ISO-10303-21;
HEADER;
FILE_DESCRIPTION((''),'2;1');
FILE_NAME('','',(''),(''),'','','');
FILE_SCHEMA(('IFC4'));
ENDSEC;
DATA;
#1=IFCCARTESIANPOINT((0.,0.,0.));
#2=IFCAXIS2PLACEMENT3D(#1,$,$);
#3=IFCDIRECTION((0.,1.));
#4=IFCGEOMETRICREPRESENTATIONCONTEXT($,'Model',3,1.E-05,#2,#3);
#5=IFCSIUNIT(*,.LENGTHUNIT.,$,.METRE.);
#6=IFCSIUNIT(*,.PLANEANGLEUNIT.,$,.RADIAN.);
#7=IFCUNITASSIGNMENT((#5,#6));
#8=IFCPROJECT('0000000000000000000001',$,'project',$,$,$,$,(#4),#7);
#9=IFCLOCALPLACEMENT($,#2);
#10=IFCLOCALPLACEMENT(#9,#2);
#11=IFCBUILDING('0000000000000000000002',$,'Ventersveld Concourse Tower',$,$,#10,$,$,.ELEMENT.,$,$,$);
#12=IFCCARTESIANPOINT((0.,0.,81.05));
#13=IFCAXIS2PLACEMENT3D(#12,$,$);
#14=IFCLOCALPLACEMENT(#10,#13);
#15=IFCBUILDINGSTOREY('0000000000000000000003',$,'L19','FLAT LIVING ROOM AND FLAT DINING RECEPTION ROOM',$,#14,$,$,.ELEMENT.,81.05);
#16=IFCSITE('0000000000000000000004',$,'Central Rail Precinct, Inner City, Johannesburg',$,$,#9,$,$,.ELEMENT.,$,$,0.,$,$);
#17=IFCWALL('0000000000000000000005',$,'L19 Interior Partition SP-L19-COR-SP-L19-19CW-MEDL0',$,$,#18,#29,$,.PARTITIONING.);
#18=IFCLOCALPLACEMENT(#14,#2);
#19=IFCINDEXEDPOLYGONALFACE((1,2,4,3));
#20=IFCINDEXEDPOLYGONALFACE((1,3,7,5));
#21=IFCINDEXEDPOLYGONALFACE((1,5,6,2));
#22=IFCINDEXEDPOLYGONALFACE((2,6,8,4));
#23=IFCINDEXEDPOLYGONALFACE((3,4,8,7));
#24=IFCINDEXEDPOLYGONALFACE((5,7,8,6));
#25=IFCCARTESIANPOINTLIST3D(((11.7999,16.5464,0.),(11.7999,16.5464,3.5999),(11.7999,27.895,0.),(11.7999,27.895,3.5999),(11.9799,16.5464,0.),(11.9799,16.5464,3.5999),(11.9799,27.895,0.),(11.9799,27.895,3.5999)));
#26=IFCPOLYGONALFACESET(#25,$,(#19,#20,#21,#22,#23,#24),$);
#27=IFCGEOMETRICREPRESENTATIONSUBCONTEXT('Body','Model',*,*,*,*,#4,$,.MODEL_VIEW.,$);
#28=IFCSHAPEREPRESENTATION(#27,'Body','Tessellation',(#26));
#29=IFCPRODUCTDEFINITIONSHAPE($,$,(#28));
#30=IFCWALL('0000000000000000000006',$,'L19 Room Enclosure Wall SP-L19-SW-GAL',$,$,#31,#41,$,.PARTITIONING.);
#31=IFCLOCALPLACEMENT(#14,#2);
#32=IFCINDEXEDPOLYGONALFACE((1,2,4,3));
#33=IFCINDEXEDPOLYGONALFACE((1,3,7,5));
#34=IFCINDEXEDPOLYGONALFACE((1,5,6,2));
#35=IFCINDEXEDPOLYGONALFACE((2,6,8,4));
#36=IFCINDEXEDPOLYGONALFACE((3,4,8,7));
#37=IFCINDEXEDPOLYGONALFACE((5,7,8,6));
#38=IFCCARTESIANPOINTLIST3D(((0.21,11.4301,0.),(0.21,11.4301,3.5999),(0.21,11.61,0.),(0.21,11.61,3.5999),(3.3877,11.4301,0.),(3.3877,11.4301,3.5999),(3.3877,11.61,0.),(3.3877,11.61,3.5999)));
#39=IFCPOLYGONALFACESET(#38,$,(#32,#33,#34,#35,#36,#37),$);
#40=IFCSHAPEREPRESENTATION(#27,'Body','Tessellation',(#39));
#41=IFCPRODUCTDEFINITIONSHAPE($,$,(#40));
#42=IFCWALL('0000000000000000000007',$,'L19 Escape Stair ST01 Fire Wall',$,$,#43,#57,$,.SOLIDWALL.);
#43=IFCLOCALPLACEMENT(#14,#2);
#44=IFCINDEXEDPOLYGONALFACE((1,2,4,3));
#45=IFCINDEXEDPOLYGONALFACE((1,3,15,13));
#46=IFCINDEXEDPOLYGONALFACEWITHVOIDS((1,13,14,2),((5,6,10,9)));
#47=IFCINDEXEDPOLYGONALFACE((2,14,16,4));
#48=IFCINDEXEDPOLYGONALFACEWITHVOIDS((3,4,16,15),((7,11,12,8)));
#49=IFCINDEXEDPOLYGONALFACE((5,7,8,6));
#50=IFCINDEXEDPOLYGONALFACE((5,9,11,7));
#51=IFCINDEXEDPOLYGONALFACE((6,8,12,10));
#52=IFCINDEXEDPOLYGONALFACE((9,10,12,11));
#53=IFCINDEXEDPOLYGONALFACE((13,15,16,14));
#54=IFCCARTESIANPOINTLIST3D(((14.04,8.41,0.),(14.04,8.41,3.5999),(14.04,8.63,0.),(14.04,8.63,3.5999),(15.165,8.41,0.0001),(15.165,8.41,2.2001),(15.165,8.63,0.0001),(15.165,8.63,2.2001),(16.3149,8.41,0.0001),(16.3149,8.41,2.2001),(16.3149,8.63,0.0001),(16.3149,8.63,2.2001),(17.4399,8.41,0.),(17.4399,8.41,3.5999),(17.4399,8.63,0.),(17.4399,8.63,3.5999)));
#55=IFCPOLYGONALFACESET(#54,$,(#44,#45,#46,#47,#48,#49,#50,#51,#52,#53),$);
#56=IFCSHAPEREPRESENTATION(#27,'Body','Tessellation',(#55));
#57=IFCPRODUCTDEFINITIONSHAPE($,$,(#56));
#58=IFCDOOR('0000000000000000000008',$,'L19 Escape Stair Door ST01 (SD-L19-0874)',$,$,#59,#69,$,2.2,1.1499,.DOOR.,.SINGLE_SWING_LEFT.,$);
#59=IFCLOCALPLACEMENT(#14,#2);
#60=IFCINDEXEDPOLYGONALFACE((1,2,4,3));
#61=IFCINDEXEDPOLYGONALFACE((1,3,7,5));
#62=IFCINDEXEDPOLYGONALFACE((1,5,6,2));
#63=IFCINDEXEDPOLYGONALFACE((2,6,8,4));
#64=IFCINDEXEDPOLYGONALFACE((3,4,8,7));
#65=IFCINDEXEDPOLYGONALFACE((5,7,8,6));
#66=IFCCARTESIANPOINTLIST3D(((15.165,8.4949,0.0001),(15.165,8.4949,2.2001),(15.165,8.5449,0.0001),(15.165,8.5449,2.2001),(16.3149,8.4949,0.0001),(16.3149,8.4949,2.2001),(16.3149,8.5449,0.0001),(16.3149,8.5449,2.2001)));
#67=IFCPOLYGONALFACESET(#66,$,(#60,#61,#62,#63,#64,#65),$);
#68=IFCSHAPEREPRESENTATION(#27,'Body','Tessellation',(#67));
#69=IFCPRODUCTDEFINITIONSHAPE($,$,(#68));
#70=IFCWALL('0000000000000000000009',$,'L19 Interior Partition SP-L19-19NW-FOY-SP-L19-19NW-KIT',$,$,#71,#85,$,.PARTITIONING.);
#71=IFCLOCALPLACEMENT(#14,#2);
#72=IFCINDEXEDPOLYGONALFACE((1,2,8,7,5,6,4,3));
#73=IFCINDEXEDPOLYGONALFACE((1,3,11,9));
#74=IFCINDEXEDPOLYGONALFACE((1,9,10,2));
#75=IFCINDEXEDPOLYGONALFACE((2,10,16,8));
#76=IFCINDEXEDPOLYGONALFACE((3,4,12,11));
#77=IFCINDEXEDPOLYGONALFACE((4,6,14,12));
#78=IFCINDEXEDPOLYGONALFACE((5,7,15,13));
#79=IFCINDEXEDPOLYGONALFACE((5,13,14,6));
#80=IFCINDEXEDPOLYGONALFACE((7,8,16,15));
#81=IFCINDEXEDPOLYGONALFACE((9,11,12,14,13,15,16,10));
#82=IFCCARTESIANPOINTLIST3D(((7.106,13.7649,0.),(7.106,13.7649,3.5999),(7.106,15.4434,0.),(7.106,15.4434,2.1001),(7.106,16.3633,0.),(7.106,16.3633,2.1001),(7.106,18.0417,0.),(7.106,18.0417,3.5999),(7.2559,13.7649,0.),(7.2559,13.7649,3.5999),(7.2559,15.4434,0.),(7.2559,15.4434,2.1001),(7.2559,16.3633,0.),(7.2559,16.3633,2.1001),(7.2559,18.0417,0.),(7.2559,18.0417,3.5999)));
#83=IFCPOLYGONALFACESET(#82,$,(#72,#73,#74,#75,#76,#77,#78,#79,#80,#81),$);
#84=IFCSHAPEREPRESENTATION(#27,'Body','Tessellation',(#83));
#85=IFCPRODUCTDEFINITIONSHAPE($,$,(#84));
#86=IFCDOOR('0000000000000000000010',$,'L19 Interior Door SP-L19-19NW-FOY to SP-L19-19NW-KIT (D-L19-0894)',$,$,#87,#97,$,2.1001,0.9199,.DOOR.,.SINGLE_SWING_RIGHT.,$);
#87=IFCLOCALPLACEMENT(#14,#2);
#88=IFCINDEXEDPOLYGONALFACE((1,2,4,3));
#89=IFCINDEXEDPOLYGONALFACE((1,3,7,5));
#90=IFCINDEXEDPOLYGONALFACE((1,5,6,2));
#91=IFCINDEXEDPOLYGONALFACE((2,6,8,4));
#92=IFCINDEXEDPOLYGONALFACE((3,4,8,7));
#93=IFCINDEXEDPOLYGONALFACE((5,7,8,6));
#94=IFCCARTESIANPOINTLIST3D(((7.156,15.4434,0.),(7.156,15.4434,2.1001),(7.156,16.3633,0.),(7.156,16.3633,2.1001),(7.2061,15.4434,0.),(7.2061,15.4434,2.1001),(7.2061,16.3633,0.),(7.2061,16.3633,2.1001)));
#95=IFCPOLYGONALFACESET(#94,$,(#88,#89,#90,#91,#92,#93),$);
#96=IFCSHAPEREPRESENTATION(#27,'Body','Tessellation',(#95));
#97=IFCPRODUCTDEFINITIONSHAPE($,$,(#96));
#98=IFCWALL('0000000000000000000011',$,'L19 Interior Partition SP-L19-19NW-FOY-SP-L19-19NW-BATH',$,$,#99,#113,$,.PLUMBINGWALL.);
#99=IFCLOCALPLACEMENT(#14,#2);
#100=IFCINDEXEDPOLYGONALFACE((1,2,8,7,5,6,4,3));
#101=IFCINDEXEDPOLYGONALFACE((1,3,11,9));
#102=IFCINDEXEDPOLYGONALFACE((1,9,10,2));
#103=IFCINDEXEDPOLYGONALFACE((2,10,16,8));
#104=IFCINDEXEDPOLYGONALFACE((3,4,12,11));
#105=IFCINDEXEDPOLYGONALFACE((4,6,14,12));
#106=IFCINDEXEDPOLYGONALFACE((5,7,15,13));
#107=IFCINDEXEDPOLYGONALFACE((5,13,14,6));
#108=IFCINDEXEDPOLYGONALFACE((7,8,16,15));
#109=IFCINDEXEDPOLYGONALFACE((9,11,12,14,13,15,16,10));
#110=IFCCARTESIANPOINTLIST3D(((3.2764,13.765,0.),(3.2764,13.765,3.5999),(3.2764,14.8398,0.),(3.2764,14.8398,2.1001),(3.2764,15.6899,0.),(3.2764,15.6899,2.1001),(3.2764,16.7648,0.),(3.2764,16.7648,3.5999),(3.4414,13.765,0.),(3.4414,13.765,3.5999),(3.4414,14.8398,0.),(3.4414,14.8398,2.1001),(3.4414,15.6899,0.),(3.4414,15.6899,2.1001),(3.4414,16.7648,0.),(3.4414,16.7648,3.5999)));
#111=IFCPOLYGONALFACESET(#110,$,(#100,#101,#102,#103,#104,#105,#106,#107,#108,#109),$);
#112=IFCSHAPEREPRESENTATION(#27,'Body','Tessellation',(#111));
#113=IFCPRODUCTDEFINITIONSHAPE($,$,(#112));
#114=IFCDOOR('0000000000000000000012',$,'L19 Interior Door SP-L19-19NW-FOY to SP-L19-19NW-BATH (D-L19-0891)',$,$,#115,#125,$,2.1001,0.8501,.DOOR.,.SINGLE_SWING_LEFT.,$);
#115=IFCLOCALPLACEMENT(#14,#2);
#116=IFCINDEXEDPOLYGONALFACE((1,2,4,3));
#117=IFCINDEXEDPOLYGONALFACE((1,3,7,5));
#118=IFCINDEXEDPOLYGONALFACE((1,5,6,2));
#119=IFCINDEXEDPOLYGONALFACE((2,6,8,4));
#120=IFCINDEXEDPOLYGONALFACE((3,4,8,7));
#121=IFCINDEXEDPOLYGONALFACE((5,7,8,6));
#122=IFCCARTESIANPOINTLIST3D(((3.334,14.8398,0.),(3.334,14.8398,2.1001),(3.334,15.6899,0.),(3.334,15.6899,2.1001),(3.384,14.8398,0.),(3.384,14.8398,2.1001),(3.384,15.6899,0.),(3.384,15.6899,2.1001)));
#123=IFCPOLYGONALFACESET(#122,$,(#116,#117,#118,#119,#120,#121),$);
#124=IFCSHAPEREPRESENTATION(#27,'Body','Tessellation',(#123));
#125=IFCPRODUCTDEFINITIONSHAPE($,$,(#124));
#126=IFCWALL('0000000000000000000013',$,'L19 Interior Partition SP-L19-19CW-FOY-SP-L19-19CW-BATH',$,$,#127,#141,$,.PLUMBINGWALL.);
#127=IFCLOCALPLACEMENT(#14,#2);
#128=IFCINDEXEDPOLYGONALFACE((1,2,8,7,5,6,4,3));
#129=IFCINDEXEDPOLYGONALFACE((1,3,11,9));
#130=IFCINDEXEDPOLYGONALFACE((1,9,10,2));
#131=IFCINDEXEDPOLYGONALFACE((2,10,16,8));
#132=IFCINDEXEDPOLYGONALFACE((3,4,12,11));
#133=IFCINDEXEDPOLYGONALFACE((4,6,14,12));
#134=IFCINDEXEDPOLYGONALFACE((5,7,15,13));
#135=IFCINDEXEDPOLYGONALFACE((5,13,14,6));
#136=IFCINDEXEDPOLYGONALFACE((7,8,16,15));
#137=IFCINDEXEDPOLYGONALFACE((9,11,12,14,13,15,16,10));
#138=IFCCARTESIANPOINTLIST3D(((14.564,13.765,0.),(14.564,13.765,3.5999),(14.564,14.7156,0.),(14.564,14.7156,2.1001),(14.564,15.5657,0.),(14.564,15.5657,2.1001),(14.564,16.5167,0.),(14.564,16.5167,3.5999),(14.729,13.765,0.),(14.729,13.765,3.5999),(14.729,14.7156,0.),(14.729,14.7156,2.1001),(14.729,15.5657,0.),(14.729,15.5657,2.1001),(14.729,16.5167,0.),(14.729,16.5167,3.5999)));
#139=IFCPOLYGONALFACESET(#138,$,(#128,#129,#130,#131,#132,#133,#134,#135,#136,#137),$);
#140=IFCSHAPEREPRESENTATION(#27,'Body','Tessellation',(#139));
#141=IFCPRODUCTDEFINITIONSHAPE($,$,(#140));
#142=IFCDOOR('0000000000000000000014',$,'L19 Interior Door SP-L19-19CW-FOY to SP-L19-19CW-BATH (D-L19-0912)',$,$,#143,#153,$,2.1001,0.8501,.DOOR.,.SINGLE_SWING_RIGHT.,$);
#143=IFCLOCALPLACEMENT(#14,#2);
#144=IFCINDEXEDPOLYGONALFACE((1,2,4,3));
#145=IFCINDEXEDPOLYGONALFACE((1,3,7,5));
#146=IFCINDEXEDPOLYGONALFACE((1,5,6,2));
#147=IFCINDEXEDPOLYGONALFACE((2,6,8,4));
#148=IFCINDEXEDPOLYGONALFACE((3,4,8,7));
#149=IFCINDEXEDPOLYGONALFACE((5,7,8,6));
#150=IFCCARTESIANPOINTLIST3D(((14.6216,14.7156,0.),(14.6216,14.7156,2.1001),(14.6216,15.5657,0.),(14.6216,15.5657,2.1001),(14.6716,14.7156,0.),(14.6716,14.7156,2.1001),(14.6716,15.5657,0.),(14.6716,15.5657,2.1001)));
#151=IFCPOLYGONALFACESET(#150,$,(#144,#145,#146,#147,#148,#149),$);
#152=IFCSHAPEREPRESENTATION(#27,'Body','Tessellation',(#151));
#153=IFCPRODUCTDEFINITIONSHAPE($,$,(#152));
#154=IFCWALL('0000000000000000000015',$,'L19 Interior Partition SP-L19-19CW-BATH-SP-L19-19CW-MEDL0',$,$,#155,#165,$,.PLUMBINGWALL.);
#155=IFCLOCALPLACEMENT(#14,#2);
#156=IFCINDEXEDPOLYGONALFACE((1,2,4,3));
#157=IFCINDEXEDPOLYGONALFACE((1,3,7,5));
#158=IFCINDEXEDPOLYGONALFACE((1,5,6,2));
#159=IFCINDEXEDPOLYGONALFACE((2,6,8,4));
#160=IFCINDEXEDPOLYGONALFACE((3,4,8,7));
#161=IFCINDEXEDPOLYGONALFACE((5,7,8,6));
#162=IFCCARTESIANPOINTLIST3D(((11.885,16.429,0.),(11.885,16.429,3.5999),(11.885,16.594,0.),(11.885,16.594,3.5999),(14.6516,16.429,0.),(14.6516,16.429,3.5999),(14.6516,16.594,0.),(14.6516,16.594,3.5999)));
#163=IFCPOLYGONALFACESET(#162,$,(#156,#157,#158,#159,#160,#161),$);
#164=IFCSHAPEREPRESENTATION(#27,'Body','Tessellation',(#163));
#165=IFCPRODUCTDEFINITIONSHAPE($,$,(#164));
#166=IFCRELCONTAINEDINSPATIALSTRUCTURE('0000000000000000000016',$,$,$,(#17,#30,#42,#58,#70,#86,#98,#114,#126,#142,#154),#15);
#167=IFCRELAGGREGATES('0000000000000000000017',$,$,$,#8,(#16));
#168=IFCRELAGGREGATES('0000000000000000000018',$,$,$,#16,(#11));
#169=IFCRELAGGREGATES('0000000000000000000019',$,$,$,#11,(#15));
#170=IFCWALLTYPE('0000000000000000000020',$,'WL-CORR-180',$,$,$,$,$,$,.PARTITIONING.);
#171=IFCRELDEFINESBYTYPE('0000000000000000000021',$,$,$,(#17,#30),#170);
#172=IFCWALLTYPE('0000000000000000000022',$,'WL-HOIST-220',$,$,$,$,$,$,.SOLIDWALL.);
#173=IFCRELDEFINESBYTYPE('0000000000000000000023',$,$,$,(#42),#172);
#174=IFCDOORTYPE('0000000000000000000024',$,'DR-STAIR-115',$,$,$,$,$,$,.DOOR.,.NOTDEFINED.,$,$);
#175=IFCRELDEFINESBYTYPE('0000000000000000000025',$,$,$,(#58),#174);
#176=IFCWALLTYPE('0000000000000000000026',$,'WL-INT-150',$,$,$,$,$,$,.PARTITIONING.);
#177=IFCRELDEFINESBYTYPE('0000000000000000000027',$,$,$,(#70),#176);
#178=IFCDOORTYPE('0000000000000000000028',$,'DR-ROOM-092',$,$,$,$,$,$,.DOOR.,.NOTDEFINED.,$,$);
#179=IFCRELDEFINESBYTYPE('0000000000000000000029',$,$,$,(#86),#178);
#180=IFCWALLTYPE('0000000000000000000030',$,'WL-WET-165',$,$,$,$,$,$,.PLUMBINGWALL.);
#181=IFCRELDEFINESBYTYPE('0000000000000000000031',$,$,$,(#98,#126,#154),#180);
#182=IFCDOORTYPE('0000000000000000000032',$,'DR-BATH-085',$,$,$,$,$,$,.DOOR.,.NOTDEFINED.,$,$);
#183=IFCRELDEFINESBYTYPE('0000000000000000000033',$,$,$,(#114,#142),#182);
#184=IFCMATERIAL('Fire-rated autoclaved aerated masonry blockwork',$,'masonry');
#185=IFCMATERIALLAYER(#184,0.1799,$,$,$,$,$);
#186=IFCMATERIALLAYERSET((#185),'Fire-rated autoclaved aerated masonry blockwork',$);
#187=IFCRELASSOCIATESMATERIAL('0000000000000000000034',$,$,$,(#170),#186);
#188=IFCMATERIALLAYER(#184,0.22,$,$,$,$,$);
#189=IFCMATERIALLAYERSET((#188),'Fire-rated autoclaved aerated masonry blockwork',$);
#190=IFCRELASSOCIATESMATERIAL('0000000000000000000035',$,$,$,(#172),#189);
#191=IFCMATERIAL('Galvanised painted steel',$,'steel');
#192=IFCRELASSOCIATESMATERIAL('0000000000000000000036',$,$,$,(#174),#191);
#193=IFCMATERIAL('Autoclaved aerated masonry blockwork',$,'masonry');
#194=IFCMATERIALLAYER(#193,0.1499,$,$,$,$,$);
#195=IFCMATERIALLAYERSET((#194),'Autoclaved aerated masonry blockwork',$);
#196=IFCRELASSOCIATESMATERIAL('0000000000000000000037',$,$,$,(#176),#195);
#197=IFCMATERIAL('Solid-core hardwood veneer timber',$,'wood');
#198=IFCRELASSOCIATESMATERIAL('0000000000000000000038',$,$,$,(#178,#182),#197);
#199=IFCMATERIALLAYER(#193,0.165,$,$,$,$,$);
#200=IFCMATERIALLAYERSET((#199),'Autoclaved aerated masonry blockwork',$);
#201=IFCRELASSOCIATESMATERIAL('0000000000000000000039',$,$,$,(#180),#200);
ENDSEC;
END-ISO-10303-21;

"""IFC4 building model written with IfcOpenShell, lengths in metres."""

from ifc_helpers import new_model, si_unit, direction, frame, frame_2d, origin, place, context, subcontext, project, spatial, rectangle, extrude, material, layer, layer_set, type_object, element, fill, save


model = new_model("IFC4")

# Units and contexts
model_context = context("Model", 3, precision=1e-05, world=origin(), true_north=direction((0.0, 1.0)))
body_context = subcontext(model_context, "Body", "Model", "MODEL_VIEW")
ifc_project = project(units=[si_unit("LENGTHUNIT", "METRE"), si_unit("PLANEANGLEUNIT", "RADIAN")], contexts=[model_context])

# Site, building, storey
site_placement = place(None, origin())
site = spatial("IfcSite", under=ifc_project, at=site_placement, Name="Central Rail Precinct, Inner City, Johannesburg", CompositionType="ELEMENT", RefElevation=0.0)
building_placement = place(site_placement, origin())
building = spatial("IfcBuilding", under=site, at=building_placement, Name="Ventersveld Concourse Tower", CompositionType="ELEMENT")
storey_placement = place(building_placement, frame((0.0, 0.0, 81.05)))
storey = spatial("IfcBuildingStorey", under=building, at=storey_placement, Name="L19", Description="FLAT LIVING ROOM AND FLAT DINING RECEPTION ROOM", CompositionType="ELEMENT", Elevation=81.05)

# Shared definitions
ifc_material_1 = material(Name="Fire-rated autoclaved aerated masonry blockwork", Category="masonry")
ifc_layer_1 = layer(ifc_material_1, 0.1799)
ifc_layer_set_1 = layer_set([ifc_layer_1], Name="Fire-rated autoclaved aerated masonry blockwork")
wall_type_1 = type_object("IfcWallType", Name="WL-CORR-180", PredefinedType="PARTITIONING", material=ifc_layer_set_1)
ifc_material_2 = material(Name="Solid-core hardwood veneer timber", Category="wood")

# Walls
wall_1_placement = place(storey_placement, frame((11.8899, 16.5464, 0.0), z_axis=(0.0, 0.0, 1.0), x_axis=(0.0, 1.0, 0.0)))
element("IfcWall", 1, at=wall_1_placement, inside=storey, type_object=wall_type_1, Name="L19 Interior Partition SP-L19-COR-SP-L19-19CW-MEDL0", PredefinedType="PARTITIONING", context=body_context, shape_type="SweptSolid", body=[
    extrude(rectangle(XDim=11.3486, YDim=0.1799, at=frame_2d((5.6743, 0.0))), origin(), (0.0, 0.0, 1.0), 3.5999),
])
wall_2_placement = place(storey_placement, frame((0.21, 11.52, 0.0), z_axis=(0.0, 0.0, 1.0), x_axis=(1.0, 0.0, 0.0)))
element("IfcWall", 2, at=wall_2_placement, inside=storey, type_object=wall_type_1, Name="L19 Room Enclosure Wall SP-L19-SW-GAL", PredefinedType="PARTITIONING", context=body_context, shape_type="SweptSolid", body=[
    extrude(rectangle(XDim=3.1777, YDim=0.1799, at=frame_2d((1.5889, 0.0))), origin(), (0.0, 0.0, 1.0), 3.5999),
])

# Walls, openings, doors
ifc_layer_2 = layer(ifc_material_1, 0.22)
ifc_layer_set_2 = layer_set([ifc_layer_2], Name="Fire-rated autoclaved aerated masonry blockwork")
wall_type_2 = type_object("IfcWallType", Name="WL-HOIST-220", PredefinedType="SOLIDWALL", material=ifc_layer_set_2)
wall_3_placement = place(storey_placement, frame((14.04, 8.52, 0.0), z_axis=(0.0, 0.0, 1.0), x_axis=(1.0, 0.0, 0.0)))
wall_3 = element("IfcWall", 3, at=wall_3_placement, inside=storey, type_object=wall_type_2, Name="L19 Escape Stair ST01 Fire Wall", PredefinedType="SOLIDWALL", context=body_context, shape_type="SweptSolid", body=[
    extrude(rectangle(XDim=3.3999, YDim=0.22, at=frame_2d((1.7, 0.0))), origin(), (0.0, 0.0, 1.0), 3.5999),
])
opening_1_placement = place(wall_3_placement, frame((1.125, 0.0, 0.0)))
opening_1 = element("IfcOpeningElement", 4, at=opening_1_placement, cuts=wall_3, PredefinedType="OPENING", context=body_context, shape_type="SweptSolid", body=[
    extrude(rectangle(XDim=1.1499, YDim=2.2, at=frame_2d((0.575, 1.1001))), frame((0.0, 0.1201, 0.0), z_axis=(0.0, -1.0, 0.0), x_axis=(1.0, 0.0, 0.0)), (0.0, 0.0, 1.0), 0.24),
])
ifc_material_3 = material(Name="Galvanised painted steel", Category="steel")
door_type_1 = type_object("IfcDoorType", Name="DR-STAIR-115", OperationType="NOTDEFINED", PredefinedType="DOOR", material=ifc_material_3)
door_1_placement = place(opening_1_placement, origin())
door_1 = element("IfcDoor", 5, at=door_1_placement, inside=storey, type_object=door_type_1, Name="L19 Escape Stair Door ST01 (SD-L19-0874)", OperationType="SINGLE_SWING_LEFT", OverallHeight=2.2, OverallWidth=1.1499, PredefinedType="DOOR", context=body_context, shape_type="SweptSolid", body=[
    extrude(rectangle(XDim=1.1499, YDim=2.2, at=frame_2d((0.575, 1.1001))), frame((0.0, 0.0249, 0.0), z_axis=(0.0, -1.0, 0.0), x_axis=(1.0, 0.0, 0.0)), (0.0, 0.0, 1.0), 0.05),
])
fill(opening_1, door_1)
ifc_material_4 = material(Name="Autoclaved aerated masonry blockwork", Category="masonry")
ifc_layer_3 = layer(ifc_material_4, 0.1499)
ifc_layer_set_3 = layer_set([ifc_layer_3], Name="Autoclaved aerated masonry blockwork")
wall_type_3 = type_object("IfcWallType", Name="WL-INT-150", PredefinedType="PARTITIONING", material=ifc_layer_set_3)
wall_4_placement = place(storey_placement, frame((7.1809, 13.7649, 0.0), z_axis=(0.0, 0.0, 1.0), x_axis=(0.0, 1.0, 0.0)))
wall_4 = element("IfcWall", 6, at=wall_4_placement, inside=storey, type_object=wall_type_3, Name="L19 Interior Partition SP-L19-19NW-FOY-SP-L19-19NW-KIT", PredefinedType="PARTITIONING", context=body_context, shape_type="SweptSolid", body=[
    extrude(rectangle(XDim=4.2769, YDim=0.1499, at=frame_2d((2.1384, 0.0))), origin(), (0.0, 0.0, 1.0), 3.5999),
])
opening_2_placement = place(wall_4_placement, frame((1.6785, 0.0, 0.0)))
opening_2 = element("IfcOpeningElement", 7, at=opening_2_placement, cuts=wall_4, PredefinedType="OPENING", context=body_context, shape_type="SweptSolid", body=[
    extrude(rectangle(XDim=0.9199, YDim=2.1001, at=frame_2d((0.46, 1.05))), frame((0.0, 0.085, 0.0), z_axis=(0.0, -1.0, 0.0), x_axis=(1.0, 0.0, 0.0)), (0.0, 0.0, 1.0), 0.1699),
])
door_type_2 = type_object("IfcDoorType", Name="DR-ROOM-092", OperationType="NOTDEFINED", PredefinedType="DOOR", material=ifc_material_2)
door_2_placement = place(opening_2_placement, origin())
door_2 = element("IfcDoor", 8, at=door_2_placement, inside=storey, type_object=door_type_2, Name="L19 Interior Door SP-L19-19NW-FOY to SP-L19-19NW-KIT (D-L19-0894)", OperationType="SINGLE_SWING_RIGHT", OverallHeight=2.1001, OverallWidth=0.9199, PredefinedType="DOOR", context=body_context, shape_type="SweptSolid", body=[
    extrude(rectangle(XDim=0.9199, YDim=2.1001, at=frame_2d((0.46, 1.05))), frame((0.0, 0.0249, 0.0), z_axis=(0.0, -1.0, 0.0), x_axis=(1.0, 0.0, 0.0)), (0.0, 0.0, 1.0), 0.05),
])
fill(opening_2, door_2)
ifc_layer_4 = layer(ifc_material_4, 0.165)
ifc_layer_set_4 = layer_set([ifc_layer_4], Name="Autoclaved aerated masonry blockwork")
wall_type_4 = type_object("IfcWallType", Name="WL-WET-165", PredefinedType="PLUMBINGWALL", material=ifc_layer_set_4)
wall_5_placement = place(storey_placement, frame((3.3589, 13.7649, 0.0), z_axis=(0.0, 0.0, 1.0), x_axis=(0.0, 1.0, 0.0)))
wall_5 = element("IfcWall", 9, at=wall_5_placement, inside=storey, type_object=wall_type_4, Name="L19 Interior Partition SP-L19-19NW-FOY-SP-L19-19NW-BATH", PredefinedType="PLUMBINGWALL", context=body_context, shape_type="SweptSolid", body=[
    extrude(rectangle(XDim=2.9998, YDim=0.165, at=frame_2d((1.5, 0.0))), origin(), (0.0, 0.0, 1.0), 3.5999),
])
opening_3_placement = place(wall_5_placement, frame((1.075, 0.0, 0.0)))
opening_3 = element("IfcOpeningElement", 10, at=opening_3_placement, cuts=wall_5, PredefinedType="OPENING", context=body_context, shape_type="SweptSolid", body=[
    extrude(rectangle(XDim=0.8501, YDim=2.1001, at=frame_2d((0.425, 1.05))), frame((0.0, 0.0925, 0.0), z_axis=(0.0, -1.0, 0.0), x_axis=(1.0, 0.0, 0.0)), (0.0, 0.0, 1.0), 0.1851),
])
door_type_3 = type_object("IfcDoorType", Name="DR-BATH-085", OperationType="NOTDEFINED", PredefinedType="DOOR", material=ifc_material_2)
door_3_placement = place(opening_3_placement, origin())
door_3 = element("IfcDoor", 11, at=door_3_placement, inside=storey, type_object=door_type_3, Name="L19 Interior Door SP-L19-19NW-FOY to SP-L19-19NW-BATH (D-L19-0891)", OperationType="SINGLE_SWING_LEFT", OverallHeight=2.1001, OverallWidth=0.8501, PredefinedType="DOOR", context=body_context, shape_type="SweptSolid", body=[
    extrude(rectangle(XDim=0.8501, YDim=2.1001, at=frame_2d((0.425, 1.05))), frame((0.0, 0.0249, 0.0), z_axis=(0.0, -1.0, 0.0), x_axis=(1.0, 0.0, 0.0)), (0.0, 0.0, 1.0), 0.05),
])
fill(opening_3, door_3)
wall_6_placement = place(storey_placement, frame((14.6465, 13.7649, 0.0), z_axis=(0.0, 0.0, 1.0), x_axis=(0.0, 1.0, 0.0)))
wall_6 = element("IfcWall", 12, at=wall_6_placement, inside=storey, type_object=wall_type_4, Name="L19 Interior Partition SP-L19-19CW-FOY-SP-L19-19CW-BATH", PredefinedType="PLUMBINGWALL", context=body_context, shape_type="SweptSolid", body=[
    extrude(rectangle(XDim=2.7517, YDim=0.165, at=frame_2d((1.376, 0.0))), origin(), (0.0, 0.0, 1.0), 3.5999),
])
opening_4_placement = place(wall_6_placement, frame((0.9507, 0.0, 0.0)))
opening_4 = element("IfcOpeningElement", 13, at=opening_4_placement, cuts=wall_6, PredefinedType="OPENING", context=body_context, shape_type="SweptSolid", body=[
    extrude(rectangle(XDim=0.8501, YDim=2.1001, at=frame_2d((0.425, 1.05))), frame((0.0, 0.0925, 0.0), z_axis=(0.0, -1.0, 0.0), x_axis=(1.0, 0.0, 0.0)), (0.0, 0.0, 1.0), 0.1851),
])
door_4_placement = place(opening_4_placement, origin())
door_4 = element("IfcDoor", 14, at=door_4_placement, inside=storey, type_object=door_type_3, Name="L19 Interior Door SP-L19-19CW-FOY to SP-L19-19CW-BATH (D-L19-0912)", OperationType="SINGLE_SWING_RIGHT", OverallHeight=2.1001, OverallWidth=0.8501, PredefinedType="DOOR", context=body_context, shape_type="SweptSolid", body=[
    extrude(rectangle(XDim=0.8501, YDim=2.1001, at=frame_2d((0.425, 1.05))), frame((0.0, 0.0249, 0.0), z_axis=(0.0, -1.0, 0.0), x_axis=(1.0, 0.0, 0.0)), (0.0, 0.0, 1.0), 0.05),
])
fill(opening_4, door_4)

# Wall
wall_7_placement = place(storey_placement, frame((11.885, 16.5115, 0.0), z_axis=(0.0, 0.0, 1.0), x_axis=(1.0, 0.0, 0.0)))
element("IfcWall", 15, at=wall_7_placement, inside=storey, type_object=wall_type_4, Name="L19 Interior Partition SP-L19-19CW-BATH-SP-L19-19CW-MEDL0", PredefinedType="PLUMBINGWALL", context=body_context, shape_type="SweptSolid", body=[
    extrude(rectangle(XDim=2.7666, YDim=0.165, at=frame_2d((1.3833, 0.0))), origin(), (0.0, 0.0, 1.0), 3.5999),
])

save(model, "model.ifc")
